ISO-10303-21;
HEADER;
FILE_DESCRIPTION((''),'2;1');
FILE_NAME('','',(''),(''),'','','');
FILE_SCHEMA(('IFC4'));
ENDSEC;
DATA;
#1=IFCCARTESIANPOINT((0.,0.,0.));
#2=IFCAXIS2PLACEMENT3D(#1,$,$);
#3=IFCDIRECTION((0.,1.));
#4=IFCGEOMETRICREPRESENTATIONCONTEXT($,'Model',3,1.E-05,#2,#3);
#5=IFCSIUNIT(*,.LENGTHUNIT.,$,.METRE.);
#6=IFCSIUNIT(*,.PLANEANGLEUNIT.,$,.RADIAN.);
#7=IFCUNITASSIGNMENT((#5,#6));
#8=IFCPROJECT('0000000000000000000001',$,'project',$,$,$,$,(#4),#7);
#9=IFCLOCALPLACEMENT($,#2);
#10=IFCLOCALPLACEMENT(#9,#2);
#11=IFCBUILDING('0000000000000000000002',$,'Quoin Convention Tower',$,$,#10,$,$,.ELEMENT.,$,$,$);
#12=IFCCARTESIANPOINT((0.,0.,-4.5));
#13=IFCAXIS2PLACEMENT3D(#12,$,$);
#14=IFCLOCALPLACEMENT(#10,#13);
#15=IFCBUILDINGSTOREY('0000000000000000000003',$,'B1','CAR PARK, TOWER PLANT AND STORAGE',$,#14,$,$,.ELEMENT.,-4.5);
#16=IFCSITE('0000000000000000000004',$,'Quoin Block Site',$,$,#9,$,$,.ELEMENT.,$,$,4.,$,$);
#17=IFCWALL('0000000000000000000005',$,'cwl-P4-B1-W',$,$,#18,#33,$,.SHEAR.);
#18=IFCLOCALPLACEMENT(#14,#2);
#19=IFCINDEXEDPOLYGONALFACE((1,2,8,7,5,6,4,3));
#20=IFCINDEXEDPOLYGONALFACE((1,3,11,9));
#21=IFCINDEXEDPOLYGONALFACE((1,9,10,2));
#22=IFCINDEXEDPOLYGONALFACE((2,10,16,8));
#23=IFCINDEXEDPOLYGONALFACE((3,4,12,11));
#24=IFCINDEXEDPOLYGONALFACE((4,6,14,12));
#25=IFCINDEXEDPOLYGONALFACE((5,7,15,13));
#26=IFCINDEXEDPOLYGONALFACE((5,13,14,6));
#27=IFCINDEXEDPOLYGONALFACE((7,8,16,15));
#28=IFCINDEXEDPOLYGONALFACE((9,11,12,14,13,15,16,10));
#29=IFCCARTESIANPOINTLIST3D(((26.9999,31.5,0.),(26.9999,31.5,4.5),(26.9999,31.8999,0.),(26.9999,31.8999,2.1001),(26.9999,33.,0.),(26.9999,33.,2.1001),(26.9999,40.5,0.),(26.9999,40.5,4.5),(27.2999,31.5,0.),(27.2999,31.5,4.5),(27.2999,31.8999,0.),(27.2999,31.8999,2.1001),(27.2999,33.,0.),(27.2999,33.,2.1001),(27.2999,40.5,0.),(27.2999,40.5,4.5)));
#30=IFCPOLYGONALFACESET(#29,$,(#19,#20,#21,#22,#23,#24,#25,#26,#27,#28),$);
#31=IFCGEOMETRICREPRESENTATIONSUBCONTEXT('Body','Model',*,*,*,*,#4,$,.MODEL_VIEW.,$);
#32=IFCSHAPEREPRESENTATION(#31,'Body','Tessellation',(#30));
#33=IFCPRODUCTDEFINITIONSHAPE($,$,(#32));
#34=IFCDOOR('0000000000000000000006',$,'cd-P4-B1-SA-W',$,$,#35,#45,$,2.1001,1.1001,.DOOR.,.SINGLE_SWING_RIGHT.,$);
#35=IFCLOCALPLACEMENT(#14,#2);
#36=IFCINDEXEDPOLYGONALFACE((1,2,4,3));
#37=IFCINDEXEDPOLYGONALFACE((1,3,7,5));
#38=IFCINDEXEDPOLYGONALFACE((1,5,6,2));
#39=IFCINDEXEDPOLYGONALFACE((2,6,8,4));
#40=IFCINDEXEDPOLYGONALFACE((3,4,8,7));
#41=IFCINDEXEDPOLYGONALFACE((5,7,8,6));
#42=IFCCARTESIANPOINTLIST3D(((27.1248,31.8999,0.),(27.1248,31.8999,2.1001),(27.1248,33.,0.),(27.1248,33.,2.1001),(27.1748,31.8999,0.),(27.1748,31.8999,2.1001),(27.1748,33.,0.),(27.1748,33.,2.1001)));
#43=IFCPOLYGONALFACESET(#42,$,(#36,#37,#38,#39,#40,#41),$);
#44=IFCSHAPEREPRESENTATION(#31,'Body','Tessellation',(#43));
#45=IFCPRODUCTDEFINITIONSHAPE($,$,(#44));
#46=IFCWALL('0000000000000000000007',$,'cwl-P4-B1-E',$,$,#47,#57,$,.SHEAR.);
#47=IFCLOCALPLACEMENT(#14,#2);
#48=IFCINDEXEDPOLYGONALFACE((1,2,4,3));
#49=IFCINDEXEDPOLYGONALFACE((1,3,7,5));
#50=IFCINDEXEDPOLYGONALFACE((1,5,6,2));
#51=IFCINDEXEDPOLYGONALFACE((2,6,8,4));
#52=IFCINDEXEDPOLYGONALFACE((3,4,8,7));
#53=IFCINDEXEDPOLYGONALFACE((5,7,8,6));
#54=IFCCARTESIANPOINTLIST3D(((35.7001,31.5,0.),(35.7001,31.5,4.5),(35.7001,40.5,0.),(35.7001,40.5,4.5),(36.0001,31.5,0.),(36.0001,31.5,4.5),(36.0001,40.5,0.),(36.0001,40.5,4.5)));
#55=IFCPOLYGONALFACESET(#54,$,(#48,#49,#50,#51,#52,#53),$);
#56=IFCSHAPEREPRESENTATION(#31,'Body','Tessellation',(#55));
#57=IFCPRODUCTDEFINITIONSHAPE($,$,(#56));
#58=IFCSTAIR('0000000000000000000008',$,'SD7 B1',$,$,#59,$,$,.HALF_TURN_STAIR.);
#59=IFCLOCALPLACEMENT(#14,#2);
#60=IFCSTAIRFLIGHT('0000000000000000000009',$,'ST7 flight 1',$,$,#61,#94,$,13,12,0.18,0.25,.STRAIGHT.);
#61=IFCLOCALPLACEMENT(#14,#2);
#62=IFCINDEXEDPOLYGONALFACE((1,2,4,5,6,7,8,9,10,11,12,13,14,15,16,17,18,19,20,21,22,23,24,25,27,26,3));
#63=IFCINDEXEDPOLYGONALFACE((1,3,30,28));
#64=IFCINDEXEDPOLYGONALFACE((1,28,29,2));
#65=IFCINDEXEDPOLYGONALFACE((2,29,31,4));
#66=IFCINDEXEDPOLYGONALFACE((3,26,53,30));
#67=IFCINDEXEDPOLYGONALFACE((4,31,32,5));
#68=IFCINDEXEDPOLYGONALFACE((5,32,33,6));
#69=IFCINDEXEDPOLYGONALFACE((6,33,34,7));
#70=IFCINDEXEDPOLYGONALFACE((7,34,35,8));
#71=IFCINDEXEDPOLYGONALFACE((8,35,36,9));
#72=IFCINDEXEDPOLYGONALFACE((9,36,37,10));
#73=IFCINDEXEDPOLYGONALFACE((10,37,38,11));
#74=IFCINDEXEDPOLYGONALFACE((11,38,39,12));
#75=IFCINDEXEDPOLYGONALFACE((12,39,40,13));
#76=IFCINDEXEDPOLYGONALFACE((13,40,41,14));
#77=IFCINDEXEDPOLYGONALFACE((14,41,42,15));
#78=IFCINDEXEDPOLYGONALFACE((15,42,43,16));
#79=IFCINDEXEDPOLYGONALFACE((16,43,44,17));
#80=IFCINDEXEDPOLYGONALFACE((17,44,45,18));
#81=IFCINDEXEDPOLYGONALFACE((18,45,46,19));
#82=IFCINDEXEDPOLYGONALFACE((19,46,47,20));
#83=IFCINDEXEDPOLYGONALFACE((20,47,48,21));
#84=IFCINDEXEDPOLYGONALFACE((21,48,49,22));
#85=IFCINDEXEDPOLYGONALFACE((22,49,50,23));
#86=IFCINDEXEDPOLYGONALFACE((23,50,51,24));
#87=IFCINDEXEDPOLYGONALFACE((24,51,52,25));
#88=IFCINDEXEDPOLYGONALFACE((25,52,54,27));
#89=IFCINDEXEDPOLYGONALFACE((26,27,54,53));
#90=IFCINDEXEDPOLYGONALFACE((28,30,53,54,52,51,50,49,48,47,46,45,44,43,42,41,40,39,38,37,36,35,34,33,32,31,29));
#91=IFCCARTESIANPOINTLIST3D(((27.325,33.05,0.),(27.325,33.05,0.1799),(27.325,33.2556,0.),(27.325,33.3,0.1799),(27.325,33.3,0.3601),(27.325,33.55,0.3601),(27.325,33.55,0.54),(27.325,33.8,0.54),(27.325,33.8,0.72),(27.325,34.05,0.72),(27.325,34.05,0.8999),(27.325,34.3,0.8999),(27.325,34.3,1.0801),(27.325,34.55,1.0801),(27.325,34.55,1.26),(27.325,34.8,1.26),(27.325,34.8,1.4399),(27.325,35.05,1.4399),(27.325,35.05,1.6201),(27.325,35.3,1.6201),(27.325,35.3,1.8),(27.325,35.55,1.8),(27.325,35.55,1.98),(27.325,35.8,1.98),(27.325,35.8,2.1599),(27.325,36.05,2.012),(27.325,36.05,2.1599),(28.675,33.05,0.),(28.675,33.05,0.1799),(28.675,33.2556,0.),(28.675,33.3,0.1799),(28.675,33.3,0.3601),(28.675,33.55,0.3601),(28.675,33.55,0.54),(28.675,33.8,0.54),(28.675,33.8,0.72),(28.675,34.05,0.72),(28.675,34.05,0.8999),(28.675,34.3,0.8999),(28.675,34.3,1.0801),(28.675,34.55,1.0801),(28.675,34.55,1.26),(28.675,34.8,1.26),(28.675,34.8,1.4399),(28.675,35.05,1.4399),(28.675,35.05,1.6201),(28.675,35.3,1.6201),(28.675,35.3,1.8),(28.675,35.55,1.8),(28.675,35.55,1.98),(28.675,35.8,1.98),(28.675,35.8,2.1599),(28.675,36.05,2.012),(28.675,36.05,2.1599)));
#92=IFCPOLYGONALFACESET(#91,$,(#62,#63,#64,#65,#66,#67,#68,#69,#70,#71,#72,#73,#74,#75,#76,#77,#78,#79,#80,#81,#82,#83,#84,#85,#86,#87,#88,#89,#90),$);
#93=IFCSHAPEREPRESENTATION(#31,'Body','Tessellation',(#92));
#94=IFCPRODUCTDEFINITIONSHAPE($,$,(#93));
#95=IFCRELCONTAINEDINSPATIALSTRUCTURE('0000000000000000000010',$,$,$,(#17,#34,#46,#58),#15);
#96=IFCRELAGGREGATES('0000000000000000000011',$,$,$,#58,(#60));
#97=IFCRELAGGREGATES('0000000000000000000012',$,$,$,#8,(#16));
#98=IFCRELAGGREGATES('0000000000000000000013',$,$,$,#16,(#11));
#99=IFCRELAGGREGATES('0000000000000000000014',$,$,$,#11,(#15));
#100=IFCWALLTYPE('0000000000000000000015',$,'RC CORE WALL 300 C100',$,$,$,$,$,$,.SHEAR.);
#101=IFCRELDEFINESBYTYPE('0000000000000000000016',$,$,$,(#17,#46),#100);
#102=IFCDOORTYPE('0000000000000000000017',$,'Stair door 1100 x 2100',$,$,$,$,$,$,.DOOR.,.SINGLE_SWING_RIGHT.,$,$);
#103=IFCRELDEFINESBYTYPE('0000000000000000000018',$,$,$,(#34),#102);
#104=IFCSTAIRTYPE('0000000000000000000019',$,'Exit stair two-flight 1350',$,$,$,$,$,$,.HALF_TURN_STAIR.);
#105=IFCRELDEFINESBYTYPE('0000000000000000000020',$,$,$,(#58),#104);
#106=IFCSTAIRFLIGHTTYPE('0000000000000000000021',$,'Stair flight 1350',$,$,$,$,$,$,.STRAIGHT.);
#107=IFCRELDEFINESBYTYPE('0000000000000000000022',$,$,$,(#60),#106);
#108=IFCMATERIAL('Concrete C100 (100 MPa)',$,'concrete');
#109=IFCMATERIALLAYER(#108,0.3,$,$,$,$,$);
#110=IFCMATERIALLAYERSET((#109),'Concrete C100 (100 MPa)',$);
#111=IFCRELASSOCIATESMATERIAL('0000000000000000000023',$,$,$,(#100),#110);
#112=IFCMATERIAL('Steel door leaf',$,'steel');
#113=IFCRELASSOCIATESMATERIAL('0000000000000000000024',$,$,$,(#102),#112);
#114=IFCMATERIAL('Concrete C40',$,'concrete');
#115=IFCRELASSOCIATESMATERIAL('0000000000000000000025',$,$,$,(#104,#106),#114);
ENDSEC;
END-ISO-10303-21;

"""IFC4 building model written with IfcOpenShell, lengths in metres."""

from ifc_helpers import new_model, si_unit, direction, frame, frame_2d, origin, place, context, subcontext, project, spatial, polyline, rectangle, outline, extrude, material, layer, layer_set, type_object, element, fill, aggregate, save


model = new_model("IFC4")

# Units and contexts
model_context = context("Model", 3, precision=1e-05, world=origin(), true_north=direction((0.0, 1.0)))
body_context = subcontext(model_context, "Body", "Model", "MODEL_VIEW")
ifc_project = project(units=[si_unit("LENGTHUNIT", "METRE"), si_unit("PLANEANGLEUNIT", "RADIAN")], contexts=[model_context])

# Site, building, storey
site_placement = place(None, origin())
site = spatial("IfcSite", under=ifc_project, at=site_placement, Name="Quoin Block Site", CompositionType="ELEMENT", RefElevation=4.0)
building_placement = place(site_placement, origin())
building = spatial("IfcBuilding", under=site, at=building_placement, Name="Quoin Convention Tower", CompositionType="ELEMENT")
storey_placement = place(building_placement, frame((0.0, 0.0, -4.5)))
storey = spatial("IfcBuildingStorey", under=building, at=storey_placement, Name="B1", Description="CAR PARK, TOWER PLANT AND STORAGE", CompositionType="ELEMENT", Elevation=-4.5)

# Shared definitions
ifc_material_1 = material(Name="Concrete C100 (100 MPa)", Category="concrete")

# Wall, opening, door
ifc_layer_1 = layer(ifc_material_1, 0.3)
ifc_layer_set_1 = layer_set([ifc_layer_1], Name="Concrete C100 (100 MPa)")
wall_type_1 = type_object("IfcWallType", Name="RC CORE WALL 300 C100", PredefinedType="SHEAR", material=ifc_layer_set_1)
ifc_material_2 = material(Name="Steel door leaf", Category="steel")
wall_1_placement = place(storey_placement, frame((27.1499, 31.5, 0.0), z_axis=(0.0, 0.0, 1.0), x_axis=(0.0, 1.0, 0.0)))
wall_1 = element("IfcWall", 1, at=wall_1_placement, inside=storey, type_object=wall_type_1, Name="cwl-P4-B1-W", PredefinedType="SHEAR", context=body_context, shape_type="SweptSolid", body=[
    extrude(rectangle(XDim=9.0, YDim=0.3, at=frame_2d((4.5, 0.0))), origin(), (0.0, 0.0, 1.0), 4.5),
])
opening_1_placement = place(wall_1_placement, frame((0.3999, 0.0, 0.0)))
opening_1 = element("IfcOpeningElement", 2, at=opening_1_placement, cuts=wall_1, PredefinedType="OPENING", context=body_context, shape_type="SweptSolid", body=[
    extrude(rectangle(XDim=1.1001, YDim=2.1001, at=frame_2d((0.55, 1.05))), frame((0.0, 0.1599, 0.0), z_axis=(0.0, -1.0, 0.0), x_axis=(1.0, 0.0, 0.0)), (0.0, 0.0, 1.0), 0.3201),
])
door_type_1 = type_object("IfcDoorType", Name="Stair door 1100 x 2100", OperationType="SINGLE_SWING_RIGHT", PredefinedType="DOOR", material=ifc_material_2)
door_1_placement = place(opening_1_placement, frame((1.1001, 0.0, 0.0), z_axis=(0.0, 0.0, 1.0), x_axis=(-1.0, 0.0, 0.0)))
door_1 = element("IfcDoor", 3, at=door_1_placement, inside=storey, type_object=door_type_1, Name="cd-P4-B1-SA-W", OperationType="SINGLE_SWING_RIGHT", OverallHeight=2.1001, OverallWidth=1.1001, PredefinedType="DOOR", context=body_context, shape_type="SweptSolid", body=[
    extrude(rectangle(XDim=1.1001, YDim=2.1001, at=frame_2d((0.55, 1.05))), frame((0.0, 0.0249, 0.0), z_axis=(0.0, -1.0, 0.0), x_axis=(1.0, 0.0, 0.0)), (0.0, 0.0, 1.0), 0.05),
])
fill(opening_1, door_1)

# Wall
wall_2_placement = place(storey_placement, frame((35.8501, 31.5, 0.0), z_axis=(0.0, 0.0, 1.0), x_axis=(0.0, 1.0, 0.0)))
element("IfcWall", 4, at=wall_2_placement, inside=storey, type_object=wall_type_1, Name="cwl-P4-B1-E", PredefinedType="SHEAR", context=body_context, shape_type="SweptSolid", body=[
    extrude(rectangle(XDim=9.0, YDim=0.3, at=frame_2d((4.5, 0.0))), origin(), (0.0, 0.0, 1.0), 4.5),
])

# Stair, stair flight
ifc_material_3 = material(Name="Concrete C40", Category="concrete")
stair_type = type_object("IfcStairType", Name="Exit stair two-flight 1350", PredefinedType="HALF_TURN_STAIR", material=ifc_material_3)
stair_placement = place(storey_placement, origin())
stair = element("IfcStair", 5, at=stair_placement, inside=storey, type_object=stair_type, Name="SD7 B1", PredefinedType="HALF_TURN_STAIR")
stair_flight_type = type_object("IfcStairFlightType", Name="Stair flight 1350", PredefinedType="STRAIGHT", material=ifc_material_3)
stair_flight_placement = place(storey_placement, frame((28.0, 33.05, 0.0), z_axis=(0.0, 0.0, 1.0), x_axis=(0.0, 1.0, 0.0)))
stair_flight = element("IfcStairFlight", 6, at=stair_flight_placement, type_object=stair_flight_type, Name="ST7 flight 1", NumberOfRisers=13, NumberOfTreads=12, PredefinedType="STRAIGHT", RiserHeight=0.18, TreadLength=0.25, context=body_context, shape_type="SweptSolid", body=[
    extrude(outline(polyline([(0.0, 0.0), (0.0, 0.1799), (0.25, 0.1799), (0.25, 0.3601), (0.5, 0.3601), (0.5, 0.54), (0.75, 0.54), (0.75, 0.72), (1.0, 0.72), (1.0, 0.8999), (1.25, 0.8999), (1.25, 1.0801), (1.5, 1.0801), (1.5, 1.26), (1.75, 1.26), (1.75, 1.4399), (2.0, 1.4399), (2.0, 1.6201), (2.25, 1.6201), (2.25, 1.8), (2.5, 1.8), (2.5, 1.98), (2.75, 1.98), (2.75, 2.1599), (3.0, 2.1599), (3.0, 2.3401), (3.0, 2.012), (0.2056, 0.0), (0.0, 0.0)])), frame((0.0, 0.675, 0.0), z_axis=(0.0, -1.0, 0.0), x_axis=(1.0, 0.0, 0.0)), (0.0, 0.0, 1.0), 1.3501),
])
aggregate(stair, [stair_flight])

save(model, "model.ifc")
